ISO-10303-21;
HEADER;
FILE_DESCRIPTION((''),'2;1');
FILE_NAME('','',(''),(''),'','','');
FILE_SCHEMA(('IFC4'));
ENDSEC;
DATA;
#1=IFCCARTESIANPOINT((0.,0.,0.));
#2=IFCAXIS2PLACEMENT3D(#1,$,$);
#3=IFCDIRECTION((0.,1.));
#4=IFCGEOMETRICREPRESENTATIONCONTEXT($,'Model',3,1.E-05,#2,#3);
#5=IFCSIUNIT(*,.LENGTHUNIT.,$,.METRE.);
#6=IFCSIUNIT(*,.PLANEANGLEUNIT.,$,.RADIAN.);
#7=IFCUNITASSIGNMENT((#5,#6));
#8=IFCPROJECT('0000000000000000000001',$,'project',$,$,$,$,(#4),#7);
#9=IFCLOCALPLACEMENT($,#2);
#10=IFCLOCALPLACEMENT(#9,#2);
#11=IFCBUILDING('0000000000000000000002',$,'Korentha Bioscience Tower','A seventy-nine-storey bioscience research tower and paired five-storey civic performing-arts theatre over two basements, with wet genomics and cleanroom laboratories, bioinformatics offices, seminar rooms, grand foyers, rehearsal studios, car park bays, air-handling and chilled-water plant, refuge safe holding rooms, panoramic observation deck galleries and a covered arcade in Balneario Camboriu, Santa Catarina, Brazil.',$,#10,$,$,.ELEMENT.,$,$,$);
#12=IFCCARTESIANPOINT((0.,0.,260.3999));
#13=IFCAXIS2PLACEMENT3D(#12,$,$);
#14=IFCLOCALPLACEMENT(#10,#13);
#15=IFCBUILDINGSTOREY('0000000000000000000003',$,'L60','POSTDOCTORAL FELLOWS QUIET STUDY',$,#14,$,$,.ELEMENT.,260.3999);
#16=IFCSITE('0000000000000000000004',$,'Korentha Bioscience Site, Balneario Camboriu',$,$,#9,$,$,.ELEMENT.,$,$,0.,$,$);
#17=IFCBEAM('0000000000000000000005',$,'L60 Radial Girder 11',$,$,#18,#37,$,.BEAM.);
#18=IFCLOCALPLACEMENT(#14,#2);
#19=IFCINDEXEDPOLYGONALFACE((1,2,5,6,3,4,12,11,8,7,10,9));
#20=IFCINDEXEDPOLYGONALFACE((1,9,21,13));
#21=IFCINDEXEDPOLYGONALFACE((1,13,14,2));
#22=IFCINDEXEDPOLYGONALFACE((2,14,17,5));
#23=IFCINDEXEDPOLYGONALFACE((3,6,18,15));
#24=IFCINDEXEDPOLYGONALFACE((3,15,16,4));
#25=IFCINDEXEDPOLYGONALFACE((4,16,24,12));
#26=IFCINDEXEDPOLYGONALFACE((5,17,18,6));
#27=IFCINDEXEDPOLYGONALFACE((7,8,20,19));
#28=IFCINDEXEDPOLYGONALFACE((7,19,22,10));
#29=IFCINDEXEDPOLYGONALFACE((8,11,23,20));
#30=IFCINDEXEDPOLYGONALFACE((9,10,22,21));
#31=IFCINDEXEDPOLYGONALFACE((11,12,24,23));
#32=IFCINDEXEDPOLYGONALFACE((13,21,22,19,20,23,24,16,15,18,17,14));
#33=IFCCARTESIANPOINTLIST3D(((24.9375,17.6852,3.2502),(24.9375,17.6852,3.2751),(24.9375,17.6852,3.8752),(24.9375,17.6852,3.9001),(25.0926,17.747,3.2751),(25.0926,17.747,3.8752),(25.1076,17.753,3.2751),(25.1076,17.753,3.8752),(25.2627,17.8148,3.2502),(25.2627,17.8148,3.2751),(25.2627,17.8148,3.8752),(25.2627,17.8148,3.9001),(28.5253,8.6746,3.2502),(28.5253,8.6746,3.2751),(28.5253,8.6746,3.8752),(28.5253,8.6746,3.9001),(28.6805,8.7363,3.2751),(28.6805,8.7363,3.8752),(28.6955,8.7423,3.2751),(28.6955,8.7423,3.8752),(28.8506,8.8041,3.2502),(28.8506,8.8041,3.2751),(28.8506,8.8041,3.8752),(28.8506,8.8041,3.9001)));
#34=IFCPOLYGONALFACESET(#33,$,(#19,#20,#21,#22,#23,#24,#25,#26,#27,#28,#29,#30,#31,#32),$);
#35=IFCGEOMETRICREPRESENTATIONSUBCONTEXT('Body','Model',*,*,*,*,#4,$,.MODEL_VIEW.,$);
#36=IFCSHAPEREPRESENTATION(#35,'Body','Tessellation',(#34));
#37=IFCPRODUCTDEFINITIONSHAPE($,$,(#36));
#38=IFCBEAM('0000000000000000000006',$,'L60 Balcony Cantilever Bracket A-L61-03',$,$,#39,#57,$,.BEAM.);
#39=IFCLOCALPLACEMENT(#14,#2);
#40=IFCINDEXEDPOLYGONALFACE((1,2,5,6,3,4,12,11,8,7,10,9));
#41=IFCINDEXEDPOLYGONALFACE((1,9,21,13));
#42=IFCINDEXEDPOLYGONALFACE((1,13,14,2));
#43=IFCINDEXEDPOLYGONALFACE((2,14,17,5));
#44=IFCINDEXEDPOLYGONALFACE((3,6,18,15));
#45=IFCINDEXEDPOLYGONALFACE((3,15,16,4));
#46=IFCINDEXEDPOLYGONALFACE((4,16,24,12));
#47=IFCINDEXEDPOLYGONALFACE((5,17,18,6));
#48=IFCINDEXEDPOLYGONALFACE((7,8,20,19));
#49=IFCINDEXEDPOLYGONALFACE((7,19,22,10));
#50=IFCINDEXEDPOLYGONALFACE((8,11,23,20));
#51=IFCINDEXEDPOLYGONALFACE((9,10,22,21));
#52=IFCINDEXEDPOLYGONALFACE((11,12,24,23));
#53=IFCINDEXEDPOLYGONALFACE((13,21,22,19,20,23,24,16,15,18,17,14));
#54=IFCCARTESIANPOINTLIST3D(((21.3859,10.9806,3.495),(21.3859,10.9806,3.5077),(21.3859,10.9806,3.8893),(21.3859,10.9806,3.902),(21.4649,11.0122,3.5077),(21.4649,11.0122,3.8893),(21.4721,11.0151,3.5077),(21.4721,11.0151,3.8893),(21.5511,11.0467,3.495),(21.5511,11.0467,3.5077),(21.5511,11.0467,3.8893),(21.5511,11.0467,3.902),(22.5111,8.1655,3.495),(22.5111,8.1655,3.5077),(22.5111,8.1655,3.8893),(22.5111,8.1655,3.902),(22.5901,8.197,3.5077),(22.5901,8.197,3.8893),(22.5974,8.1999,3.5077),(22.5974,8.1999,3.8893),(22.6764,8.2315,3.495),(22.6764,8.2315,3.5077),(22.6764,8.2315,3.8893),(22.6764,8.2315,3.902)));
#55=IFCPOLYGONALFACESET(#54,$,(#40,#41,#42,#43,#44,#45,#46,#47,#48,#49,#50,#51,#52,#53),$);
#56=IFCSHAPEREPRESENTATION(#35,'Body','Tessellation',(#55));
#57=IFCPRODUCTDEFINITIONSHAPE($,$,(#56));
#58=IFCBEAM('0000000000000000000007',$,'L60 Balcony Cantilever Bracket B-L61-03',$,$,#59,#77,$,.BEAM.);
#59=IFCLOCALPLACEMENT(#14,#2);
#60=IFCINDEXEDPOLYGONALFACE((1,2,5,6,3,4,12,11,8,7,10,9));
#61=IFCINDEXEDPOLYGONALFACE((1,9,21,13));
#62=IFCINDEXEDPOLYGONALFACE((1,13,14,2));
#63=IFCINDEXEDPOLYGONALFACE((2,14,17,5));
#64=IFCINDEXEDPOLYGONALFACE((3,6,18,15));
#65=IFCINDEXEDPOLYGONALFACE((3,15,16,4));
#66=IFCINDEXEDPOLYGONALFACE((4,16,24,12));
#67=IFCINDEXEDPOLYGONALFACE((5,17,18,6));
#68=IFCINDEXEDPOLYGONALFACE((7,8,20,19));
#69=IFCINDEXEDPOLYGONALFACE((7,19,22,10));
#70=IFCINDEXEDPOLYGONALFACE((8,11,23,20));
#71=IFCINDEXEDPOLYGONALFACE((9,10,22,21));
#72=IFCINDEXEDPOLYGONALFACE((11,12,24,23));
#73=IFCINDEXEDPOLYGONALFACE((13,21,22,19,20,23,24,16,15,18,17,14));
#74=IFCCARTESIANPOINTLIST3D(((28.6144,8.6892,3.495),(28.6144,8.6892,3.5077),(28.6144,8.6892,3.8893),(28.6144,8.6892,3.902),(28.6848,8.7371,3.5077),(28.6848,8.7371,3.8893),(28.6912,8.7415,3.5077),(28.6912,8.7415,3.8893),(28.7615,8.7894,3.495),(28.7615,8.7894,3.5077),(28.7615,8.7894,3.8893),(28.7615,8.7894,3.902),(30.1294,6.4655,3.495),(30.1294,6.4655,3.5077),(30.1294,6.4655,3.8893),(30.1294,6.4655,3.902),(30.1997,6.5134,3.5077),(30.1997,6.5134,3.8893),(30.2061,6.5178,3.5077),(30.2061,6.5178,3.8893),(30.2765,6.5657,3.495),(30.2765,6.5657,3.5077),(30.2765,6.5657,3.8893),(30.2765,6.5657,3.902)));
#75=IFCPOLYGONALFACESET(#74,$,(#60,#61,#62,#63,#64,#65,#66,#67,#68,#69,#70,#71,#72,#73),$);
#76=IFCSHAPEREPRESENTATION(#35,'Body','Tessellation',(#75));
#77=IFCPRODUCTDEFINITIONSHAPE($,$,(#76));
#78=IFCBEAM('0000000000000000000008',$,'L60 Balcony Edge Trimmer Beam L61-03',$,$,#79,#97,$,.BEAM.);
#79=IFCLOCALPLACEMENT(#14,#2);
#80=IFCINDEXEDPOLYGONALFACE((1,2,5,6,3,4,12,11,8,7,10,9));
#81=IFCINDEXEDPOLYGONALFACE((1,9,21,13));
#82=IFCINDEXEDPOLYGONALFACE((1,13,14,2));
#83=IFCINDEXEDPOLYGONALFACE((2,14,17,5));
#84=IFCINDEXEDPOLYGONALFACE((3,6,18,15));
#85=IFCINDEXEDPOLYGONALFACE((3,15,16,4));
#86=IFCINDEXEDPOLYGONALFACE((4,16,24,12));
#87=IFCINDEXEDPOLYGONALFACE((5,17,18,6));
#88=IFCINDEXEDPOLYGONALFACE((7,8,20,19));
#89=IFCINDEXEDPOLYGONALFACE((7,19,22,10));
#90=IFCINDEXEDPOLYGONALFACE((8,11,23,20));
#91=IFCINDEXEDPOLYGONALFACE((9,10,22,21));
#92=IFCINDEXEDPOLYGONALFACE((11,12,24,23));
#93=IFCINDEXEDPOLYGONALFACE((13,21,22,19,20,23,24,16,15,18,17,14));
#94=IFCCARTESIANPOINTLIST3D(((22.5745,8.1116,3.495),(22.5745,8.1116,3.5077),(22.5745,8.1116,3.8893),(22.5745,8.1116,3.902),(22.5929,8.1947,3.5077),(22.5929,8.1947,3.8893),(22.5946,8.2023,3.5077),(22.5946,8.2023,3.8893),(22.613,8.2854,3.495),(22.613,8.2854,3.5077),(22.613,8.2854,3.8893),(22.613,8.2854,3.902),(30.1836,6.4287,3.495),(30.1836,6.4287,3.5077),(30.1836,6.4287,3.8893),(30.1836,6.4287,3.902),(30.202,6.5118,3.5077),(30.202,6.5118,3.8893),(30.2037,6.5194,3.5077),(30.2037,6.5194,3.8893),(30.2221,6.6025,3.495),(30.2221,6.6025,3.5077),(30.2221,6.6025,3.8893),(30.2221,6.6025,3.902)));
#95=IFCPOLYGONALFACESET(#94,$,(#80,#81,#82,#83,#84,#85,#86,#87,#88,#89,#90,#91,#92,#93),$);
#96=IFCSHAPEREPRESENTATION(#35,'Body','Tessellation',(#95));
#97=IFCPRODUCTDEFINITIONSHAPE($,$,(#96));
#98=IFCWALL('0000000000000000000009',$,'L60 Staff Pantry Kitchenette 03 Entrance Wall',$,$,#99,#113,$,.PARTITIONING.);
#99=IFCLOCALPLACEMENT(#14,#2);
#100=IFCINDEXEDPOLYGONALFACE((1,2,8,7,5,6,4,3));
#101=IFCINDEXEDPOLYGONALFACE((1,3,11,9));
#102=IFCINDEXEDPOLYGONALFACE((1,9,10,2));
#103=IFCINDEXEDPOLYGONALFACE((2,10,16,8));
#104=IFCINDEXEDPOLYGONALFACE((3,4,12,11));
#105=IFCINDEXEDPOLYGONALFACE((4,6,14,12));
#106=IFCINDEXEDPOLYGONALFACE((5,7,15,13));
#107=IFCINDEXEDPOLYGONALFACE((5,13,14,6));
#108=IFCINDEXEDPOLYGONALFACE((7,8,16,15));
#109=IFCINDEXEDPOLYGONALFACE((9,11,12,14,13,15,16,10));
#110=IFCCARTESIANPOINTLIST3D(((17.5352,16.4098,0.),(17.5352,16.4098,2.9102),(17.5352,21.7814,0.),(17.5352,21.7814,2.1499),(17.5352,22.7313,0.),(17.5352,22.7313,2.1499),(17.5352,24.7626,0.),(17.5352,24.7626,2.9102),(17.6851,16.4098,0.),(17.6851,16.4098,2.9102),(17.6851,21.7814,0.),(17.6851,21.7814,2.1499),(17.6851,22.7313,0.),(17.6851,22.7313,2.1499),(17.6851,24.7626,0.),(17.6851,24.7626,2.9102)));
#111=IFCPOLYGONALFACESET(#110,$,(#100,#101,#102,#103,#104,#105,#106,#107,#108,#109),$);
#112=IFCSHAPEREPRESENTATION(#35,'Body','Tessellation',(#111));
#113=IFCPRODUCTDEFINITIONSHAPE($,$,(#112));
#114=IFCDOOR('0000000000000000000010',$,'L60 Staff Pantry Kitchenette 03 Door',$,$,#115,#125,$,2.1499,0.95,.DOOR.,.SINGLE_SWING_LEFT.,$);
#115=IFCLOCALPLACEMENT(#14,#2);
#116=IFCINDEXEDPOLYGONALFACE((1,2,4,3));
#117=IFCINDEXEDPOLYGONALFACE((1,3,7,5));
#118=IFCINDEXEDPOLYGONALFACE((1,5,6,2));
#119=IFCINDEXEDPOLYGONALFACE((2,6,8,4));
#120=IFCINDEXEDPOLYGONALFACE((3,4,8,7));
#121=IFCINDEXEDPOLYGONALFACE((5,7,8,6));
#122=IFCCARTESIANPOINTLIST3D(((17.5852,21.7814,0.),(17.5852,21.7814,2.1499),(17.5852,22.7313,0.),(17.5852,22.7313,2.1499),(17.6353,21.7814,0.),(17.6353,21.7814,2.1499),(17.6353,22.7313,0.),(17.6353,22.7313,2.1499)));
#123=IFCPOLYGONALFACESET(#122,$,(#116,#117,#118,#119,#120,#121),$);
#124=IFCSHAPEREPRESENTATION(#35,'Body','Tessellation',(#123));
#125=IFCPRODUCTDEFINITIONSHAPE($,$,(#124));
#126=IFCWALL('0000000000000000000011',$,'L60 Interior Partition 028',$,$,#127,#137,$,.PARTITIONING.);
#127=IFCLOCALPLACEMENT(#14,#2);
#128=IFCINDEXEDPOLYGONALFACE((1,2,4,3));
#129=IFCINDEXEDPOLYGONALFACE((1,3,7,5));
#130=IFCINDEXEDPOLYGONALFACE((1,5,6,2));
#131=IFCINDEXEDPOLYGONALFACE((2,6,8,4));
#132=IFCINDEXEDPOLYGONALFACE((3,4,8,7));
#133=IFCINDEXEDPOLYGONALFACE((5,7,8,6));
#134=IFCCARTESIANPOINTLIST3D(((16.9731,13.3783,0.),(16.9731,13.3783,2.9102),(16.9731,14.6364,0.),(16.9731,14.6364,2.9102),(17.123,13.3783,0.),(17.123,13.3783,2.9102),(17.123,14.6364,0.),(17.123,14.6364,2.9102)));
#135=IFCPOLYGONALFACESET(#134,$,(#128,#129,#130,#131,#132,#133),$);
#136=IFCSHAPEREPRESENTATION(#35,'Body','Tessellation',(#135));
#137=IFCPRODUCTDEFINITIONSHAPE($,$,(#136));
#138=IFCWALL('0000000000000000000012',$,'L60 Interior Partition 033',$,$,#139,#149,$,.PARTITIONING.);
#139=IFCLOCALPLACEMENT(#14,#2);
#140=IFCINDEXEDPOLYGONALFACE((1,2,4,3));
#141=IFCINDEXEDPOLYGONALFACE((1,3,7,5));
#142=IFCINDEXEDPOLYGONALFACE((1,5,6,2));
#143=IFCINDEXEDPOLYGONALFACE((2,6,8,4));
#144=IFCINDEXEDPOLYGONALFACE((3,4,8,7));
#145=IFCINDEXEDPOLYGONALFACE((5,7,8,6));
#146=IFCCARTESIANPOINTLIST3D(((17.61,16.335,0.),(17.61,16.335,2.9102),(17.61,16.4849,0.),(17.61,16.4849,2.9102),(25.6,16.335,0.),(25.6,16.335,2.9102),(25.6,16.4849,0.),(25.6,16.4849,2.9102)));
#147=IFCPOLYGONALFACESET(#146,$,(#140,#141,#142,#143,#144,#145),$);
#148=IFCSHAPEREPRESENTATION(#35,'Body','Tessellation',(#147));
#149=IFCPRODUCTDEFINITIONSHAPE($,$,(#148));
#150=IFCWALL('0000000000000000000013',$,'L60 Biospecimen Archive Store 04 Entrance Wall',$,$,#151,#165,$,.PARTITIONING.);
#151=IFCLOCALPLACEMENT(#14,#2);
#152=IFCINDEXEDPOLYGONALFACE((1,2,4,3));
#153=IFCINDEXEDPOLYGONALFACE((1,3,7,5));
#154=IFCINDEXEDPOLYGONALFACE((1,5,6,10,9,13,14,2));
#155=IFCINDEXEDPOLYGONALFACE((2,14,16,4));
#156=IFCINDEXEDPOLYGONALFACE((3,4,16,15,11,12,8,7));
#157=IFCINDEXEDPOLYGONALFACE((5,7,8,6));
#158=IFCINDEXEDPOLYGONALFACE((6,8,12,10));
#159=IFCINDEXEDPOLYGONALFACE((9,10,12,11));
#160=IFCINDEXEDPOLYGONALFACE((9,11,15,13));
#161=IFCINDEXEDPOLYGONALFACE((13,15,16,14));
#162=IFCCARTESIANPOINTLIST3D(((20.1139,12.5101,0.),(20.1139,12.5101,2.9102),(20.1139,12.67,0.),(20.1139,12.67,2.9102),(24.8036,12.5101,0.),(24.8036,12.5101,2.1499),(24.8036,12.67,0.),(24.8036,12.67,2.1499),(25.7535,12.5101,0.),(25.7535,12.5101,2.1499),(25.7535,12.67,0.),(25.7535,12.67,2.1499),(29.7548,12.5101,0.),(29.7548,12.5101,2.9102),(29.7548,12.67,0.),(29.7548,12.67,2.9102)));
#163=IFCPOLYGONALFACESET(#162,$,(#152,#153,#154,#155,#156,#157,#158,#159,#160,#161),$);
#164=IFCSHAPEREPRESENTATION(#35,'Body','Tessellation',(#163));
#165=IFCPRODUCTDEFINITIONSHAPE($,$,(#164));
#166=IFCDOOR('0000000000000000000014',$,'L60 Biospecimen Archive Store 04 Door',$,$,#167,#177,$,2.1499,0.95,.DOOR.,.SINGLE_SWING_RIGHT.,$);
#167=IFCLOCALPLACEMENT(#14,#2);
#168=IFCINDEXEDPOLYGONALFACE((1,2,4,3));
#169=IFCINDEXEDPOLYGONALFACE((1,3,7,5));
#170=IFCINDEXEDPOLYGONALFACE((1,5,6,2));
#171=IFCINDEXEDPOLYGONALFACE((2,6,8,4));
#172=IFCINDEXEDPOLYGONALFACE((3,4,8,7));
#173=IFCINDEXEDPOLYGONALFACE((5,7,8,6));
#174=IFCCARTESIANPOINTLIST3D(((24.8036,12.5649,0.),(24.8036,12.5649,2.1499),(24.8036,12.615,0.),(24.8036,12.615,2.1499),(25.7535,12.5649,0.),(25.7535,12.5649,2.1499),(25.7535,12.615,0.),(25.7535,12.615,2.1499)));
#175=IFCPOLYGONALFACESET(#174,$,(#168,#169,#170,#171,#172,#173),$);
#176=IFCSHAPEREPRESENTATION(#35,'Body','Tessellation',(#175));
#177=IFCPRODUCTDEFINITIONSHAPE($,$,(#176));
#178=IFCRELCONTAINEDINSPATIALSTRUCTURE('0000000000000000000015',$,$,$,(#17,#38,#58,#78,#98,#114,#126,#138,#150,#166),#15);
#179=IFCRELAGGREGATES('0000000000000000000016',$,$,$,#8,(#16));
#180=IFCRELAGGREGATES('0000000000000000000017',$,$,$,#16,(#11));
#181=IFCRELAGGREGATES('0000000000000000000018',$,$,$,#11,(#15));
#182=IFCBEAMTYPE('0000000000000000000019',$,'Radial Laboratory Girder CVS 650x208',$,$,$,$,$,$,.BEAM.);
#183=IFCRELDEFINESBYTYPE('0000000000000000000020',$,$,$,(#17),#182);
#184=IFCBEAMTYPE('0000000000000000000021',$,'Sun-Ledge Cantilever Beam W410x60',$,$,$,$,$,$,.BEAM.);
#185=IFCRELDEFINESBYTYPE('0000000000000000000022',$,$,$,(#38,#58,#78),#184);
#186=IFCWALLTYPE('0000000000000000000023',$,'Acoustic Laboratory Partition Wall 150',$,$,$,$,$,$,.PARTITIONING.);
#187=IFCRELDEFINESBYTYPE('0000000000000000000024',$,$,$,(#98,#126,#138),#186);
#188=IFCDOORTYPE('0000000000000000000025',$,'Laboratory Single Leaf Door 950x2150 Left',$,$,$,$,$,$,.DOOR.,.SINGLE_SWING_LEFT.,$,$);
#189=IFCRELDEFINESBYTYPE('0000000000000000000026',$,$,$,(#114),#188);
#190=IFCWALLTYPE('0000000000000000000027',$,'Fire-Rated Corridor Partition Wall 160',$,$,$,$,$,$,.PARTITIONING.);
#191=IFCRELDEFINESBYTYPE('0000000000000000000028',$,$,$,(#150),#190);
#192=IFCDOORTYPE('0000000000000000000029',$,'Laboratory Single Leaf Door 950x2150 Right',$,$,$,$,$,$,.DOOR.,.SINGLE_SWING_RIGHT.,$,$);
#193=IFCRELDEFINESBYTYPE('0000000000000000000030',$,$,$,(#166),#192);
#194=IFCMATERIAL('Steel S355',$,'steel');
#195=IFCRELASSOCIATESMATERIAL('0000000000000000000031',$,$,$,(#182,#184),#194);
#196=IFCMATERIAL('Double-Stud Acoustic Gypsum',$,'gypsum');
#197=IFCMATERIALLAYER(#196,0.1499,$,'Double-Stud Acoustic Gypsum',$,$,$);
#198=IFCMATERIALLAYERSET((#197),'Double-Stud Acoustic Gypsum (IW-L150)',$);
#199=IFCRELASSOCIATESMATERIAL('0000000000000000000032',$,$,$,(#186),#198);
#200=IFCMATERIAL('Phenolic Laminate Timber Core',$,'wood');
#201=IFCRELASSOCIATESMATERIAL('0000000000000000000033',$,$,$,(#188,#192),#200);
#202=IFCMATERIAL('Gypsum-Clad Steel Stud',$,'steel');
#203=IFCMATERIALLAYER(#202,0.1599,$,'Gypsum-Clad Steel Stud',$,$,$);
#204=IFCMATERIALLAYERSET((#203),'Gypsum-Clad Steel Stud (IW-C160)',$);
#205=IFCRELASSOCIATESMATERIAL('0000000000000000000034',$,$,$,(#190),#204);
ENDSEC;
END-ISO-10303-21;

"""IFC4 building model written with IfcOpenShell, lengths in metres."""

from ifc_helpers import new_model, si_unit, direction, frame, frame_2d, origin, origin_2d, place, context, subcontext, project, spatial, rectangle, i_section, extrude, material, layer, layer_set, material_profile, profile_set, type_object, element, fill, save


model = new_model("IFC4")

# Units and contexts
model_context = context("Model", 3, precision=1e-05, world=origin(), true_north=direction((0.0, 1.0)))
body_context = subcontext(model_context, "Body", "Model", "MODEL_VIEW")
ifc_project = project(units=[si_unit("LENGTHUNIT", "METRE"), si_unit("PLANEANGLEUNIT", "RADIAN")], contexts=[model_context])

# Site, building, storey
site_placement = place(None, origin())
site = spatial("IfcSite", under=ifc_project, at=site_placement, Name="Korentha Bioscience Site, Balneario Camboriu", CompositionType="ELEMENT", RefElevation=0.0)
building_placement = place(site_placement, origin())
building = spatial("IfcBuilding", under=site, at=building_placement, Name="Korentha Bioscience Tower", Description="A seventy-nine-storey bioscience research tower and paired five-storey civic performing-arts theatre over two basements, with wet genomics and cleanroom laboratories, bioinformatics offices, seminar rooms, grand foyers, rehearsal studios, car park bays, air-handling and chilled-water plant, refuge safe holding rooms, panoramic observation deck galleries and a covered arcade in Balneario Camboriu, Santa Catarina, Brazil.", CompositionType="ELEMENT")
storey_placement = place(building_placement, frame((0.0, 0.0, 260.3999)))
storey = spatial("IfcBuildingStorey", under=building, at=storey_placement, Name="L60", Description="POSTDOCTORAL FELLOWS QUIET STUDY", CompositionType="ELEMENT", Elevation=260.3999)

# Beams
ifc_material_1 = material(Name="Steel S355", Category="steel")
ifc_material_profile_1 = material_profile(ifc_material_1, i_section(OverallWidth=0.3501, OverallDepth=0.6499, WebThickness=0.0161, FlangeThickness=0.0249, at=origin_2d()), Name="Steel S355")
ifc_profile_set_1 = profile_set([ifc_material_profile_1], Name="Steel S355 (RB-650)")
beam_type_1 = type_object("IfcBeamType", Name="Radial Laboratory Girder CVS 650x208", PredefinedType="BEAM", material=ifc_profile_set_1)
beam_1_placement = place(storey_placement, frame((25.1001, 17.75, 3.5752), z_axis=(0.369932, -0.929059, 0.0), x_axis=(0.929059, 0.369932, 0.0)))
element("IfcBeam", 1, at=beam_1_placement, inside=storey, type_object=beam_type_1, Name="L60 Radial Girder 11", PredefinedType="BEAM", context=body_context, shape_type="SweptSolid", body=[
    extrude(i_section(OverallWidth=0.3501, OverallDepth=0.6499, WebThickness=0.0161, FlangeThickness=0.0249, at=origin_2d()), origin(), (0.0, 0.0, 1.0), 9.6987),
])
ifc_material_profile_2 = material_profile(ifc_material_1, i_section(OverallWidth=0.178, OverallDepth=0.407, WebThickness=0.0078, FlangeThickness=0.0127, at=origin_2d()), Name="Steel S355")
ifc_profile_set_2 = profile_set([ifc_material_profile_2], Name="Steel S355 (CB-410)")
beam_type_2 = type_object("IfcBeamType", Name="Sun-Ledge Cantilever Beam W410x60", PredefinedType="BEAM", material=ifc_profile_set_2)
beam_2_placement = place(storey_placement, frame((21.4685, 11.0137, 3.6985), z_axis=(0.371155, -0.928571, 0.0), x_axis=(0.928571, 0.371155, 0.0)))
element("IfcBeam", 2, at=beam_2_placement, inside=storey, type_object=beam_type_2, Name="L60 Balcony Cantilever Bracket A-L61-03", PredefinedType="BEAM", context=body_context, shape_type="SweptSolid", body=[
    extrude(i_section(OverallWidth=0.178, OverallDepth=0.407, WebThickness=0.0078, FlangeThickness=0.0127, at=origin_2d()), origin(), (0.0, 0.0, 1.0), 3.0317),
])
beam_3_placement = place(storey_placement, frame((28.688, 8.7393, 3.6985), z_axis=(0.563027, -0.826438, 0.0), x_axis=(0.826438, 0.563027, 0.0)))
element("IfcBeam", 3, at=beam_3_placement, inside=storey, type_object=beam_type_2, Name="L60 Balcony Cantilever Bracket B-L61-03", PredefinedType="BEAM", context=body_context, shape_type="SweptSolid", body=[
    extrude(i_section(OverallWidth=0.178, OverallDepth=0.407, WebThickness=0.0078, FlangeThickness=0.0127, at=origin_2d()), origin(), (0.0, 0.0, 1.0), 2.6907),
])
beam_4_placement = place(storey_placement, frame((22.5938, 8.1985, 3.6985), z_axis=(0.976405, -0.215945, 0.0), x_axis=(0.215945, 0.976405, 0.0)))
element("IfcBeam", 4, at=beam_4_placement, inside=storey, type_object=beam_type_2, Name="L60 Balcony Edge Trimmer Beam L61-03", PredefinedType="BEAM", context=body_context, shape_type="SweptSolid", body=[
    extrude(i_section(OverallWidth=0.178, OverallDepth=0.407, WebThickness=0.0078, FlangeThickness=0.0127, at=origin_2d()), origin(), (0.0, 0.0, 1.0), 7.793),
])

# Wall, opening, door
ifc_material_2 = material(Name="Double-Stud Acoustic Gypsum", Category="gypsum")
ifc_layer_1 = layer(ifc_material_2, 0.1499, Name="Double-Stud Acoustic Gypsum")
ifc_layer_set_1 = layer_set([ifc_layer_1], Name="Double-Stud Acoustic Gypsum (IW-L150)")
wall_type_1 = type_object("IfcWallType", Name="Acoustic Laboratory Partition Wall 150", PredefinedType="PARTITIONING", material=ifc_layer_set_1)
wall_1_placement = place(storey_placement, frame((17.6101, 16.4099, 0.0), z_axis=(0.0, 0.0, 1.0), x_axis=(0.0, 1.0, 0.0)))
wall_1 = element("IfcWall", 5, at=wall_1_placement, inside=storey, type_object=wall_type_1, Name="L60 Staff Pantry Kitchenette 03 Entrance Wall", PredefinedType="PARTITIONING", context=body_context, shape_type="SweptSolid", body=[
    extrude(rectangle(XDim=8.3528, YDim=0.1499, at=frame_2d((4.1763, 0.0))), origin(), (0.0, 0.0, 1.0), 2.9102),
])
opening_1_placement = place(wall_1_placement, frame((5.3713, 0.0, 0.0)))
opening_1 = element("IfcOpeningElement", 6, at=opening_1_placement, cuts=wall_1, PredefinedType="OPENING", context=body_context, shape_type="SweptSolid", body=[
    extrude(rectangle(XDim=0.95, YDim=2.1499, at=frame_2d((0.4751, 1.075))), frame((0.0, 0.0898, 0.0), z_axis=(0.0, -1.0, 0.0), x_axis=(1.0, 0.0, 0.0)), (0.0, 0.0, 1.0), 0.1797),
])
ifc_material_3 = material(Name="Phenolic Laminate Timber Core", Category="wood")
door_type_1 = type_object("IfcDoorType", Name="Laboratory Single Leaf Door 950x2150 Left", OperationType="SINGLE_SWING_LEFT", PredefinedType="DOOR", material=ifc_material_3)
door_1_placement = place(opening_1_placement, origin())
door_1 = element("IfcDoor", 7, at=door_1_placement, inside=storey, type_object=door_type_1, Name="L60 Staff Pantry Kitchenette 03 Door", OperationType="SINGLE_SWING_LEFT", OverallHeight=2.1499, OverallWidth=0.95, PredefinedType="DOOR", context=body_context, shape_type="SweptSolid", body=[
    extrude(rectangle(XDim=0.95, YDim=2.1499, at=frame_2d((0.4751, 1.075))), frame((0.0, 0.0249, 0.0), z_axis=(0.0, -1.0, 0.0), x_axis=(1.0, 0.0, 0.0)), (0.0, 0.0, 1.0), 0.05),
])
fill(opening_1, door_1)

# Walls
wall_2_placement = place(storey_placement, frame((17.0481, 14.6362, 0.0), z_axis=(0.0, 0.0, 1.0), x_axis=(0.0, -1.0, 0.0)))
element("IfcWall", 8, at=wall_2_placement, inside=storey, type_object=wall_type_1, Name="L60 Interior Partition 028", PredefinedType="PARTITIONING", context=body_context, shape_type="SweptSolid", body=[
    extrude(rectangle(XDim=1.2581, YDim=0.1499, at=frame_2d((0.6289, 0.0))), origin(), (0.0, 0.0, 1.0), 2.9102),
])
wall_3_placement = place(storey_placement, frame((25.6001, 16.4099, 0.0), z_axis=(0.0, 0.0, 1.0), x_axis=(-1.0, 0.0, 0.0)))
element("IfcWall", 9, at=wall_3_placement, inside=storey, type_object=wall_type_1, Name="L60 Interior Partition 033", PredefinedType="PARTITIONING", context=body_context, shape_type="SweptSolid", body=[
    extrude(rectangle(XDim=7.99, YDim=0.1499, at=frame_2d((3.9951, 0.0))), origin(), (0.0, 0.0, 1.0), 2.9102),
])

# Wall, opening, door
ifc_material_4 = material(Name="Gypsum-Clad Steel Stud", Category="steel")
ifc_layer_2 = layer(ifc_material_4, 0.1599, Name="Gypsum-Clad Steel Stud")
ifc_layer_set_2 = layer_set([ifc_layer_2], Name="Gypsum-Clad Steel Stud (IW-C160)")
wall_type_2 = type_object("IfcWallType", Name="Fire-Rated Corridor Partition Wall 160", PredefinedType="PARTITIONING", material=ifc_layer_set_2)
wall_4_placement = place(storey_placement, frame((20.114, 12.5901, 0.0), z_axis=(0.0, 0.0, 1.0), x_axis=(1.0, 0.0, 0.0)))
wall_4 = element("IfcWall", 10, at=wall_4_placement, inside=storey, type_object=wall_type_2, Name="L60 Biospecimen Archive Store 04 Entrance Wall", PredefinedType="PARTITIONING", context=body_context, shape_type="SweptSolid", body=[
    extrude(rectangle(XDim=9.6409, YDim=0.1599, at=frame_2d((4.8203, 0.0))), origin(), (0.0, 0.0, 1.0), 2.9102),
])
opening_2_placement = place(wall_4_placement, frame((4.6895, 0.0, 0.0)))
opening_2 = element("IfcOpeningElement", 11, at=opening_2_placement, cuts=wall_4, PredefinedType="OPENING", context=body_context, shape_type="SweptSolid", body=[
    extrude(rectangle(XDim=0.95, YDim=2.1499, at=frame_2d((0.4751, 1.075))), frame((0.0, 0.0947, 0.0), z_axis=(0.0, -1.0, 0.0), x_axis=(1.0, 0.0, 0.0)), (0.0, 0.0, 1.0), 0.1897),
])
door_type_2 = type_object("IfcDoorType", Name="Laboratory Single Leaf Door 950x2150 Right", OperationType="SINGLE_SWING_RIGHT", PredefinedType="DOOR", material=ifc_material_3)
door_2_placement = place(opening_2_placement, origin())
door_2 = element("IfcDoor", 12, at=door_2_placement, inside=storey, type_object=door_type_2, Name="L60 Biospecimen Archive Store 04 Door", OperationType="SINGLE_SWING_RIGHT", OverallHeight=2.1499, OverallWidth=0.95, PredefinedType="DOOR", context=body_context, shape_type="SweptSolid", body=[
    extrude(rectangle(XDim=0.95, YDim=2.1499, at=frame_2d((0.4751, 1.075))), frame((0.0, 0.0249, 0.0), z_axis=(0.0, -1.0, 0.0), x_axis=(1.0, 0.0, 0.0)), (0.0, 0.0, 1.0), 0.05),
])
fill(opening_2, door_2)

save(model, "model.ifc")
